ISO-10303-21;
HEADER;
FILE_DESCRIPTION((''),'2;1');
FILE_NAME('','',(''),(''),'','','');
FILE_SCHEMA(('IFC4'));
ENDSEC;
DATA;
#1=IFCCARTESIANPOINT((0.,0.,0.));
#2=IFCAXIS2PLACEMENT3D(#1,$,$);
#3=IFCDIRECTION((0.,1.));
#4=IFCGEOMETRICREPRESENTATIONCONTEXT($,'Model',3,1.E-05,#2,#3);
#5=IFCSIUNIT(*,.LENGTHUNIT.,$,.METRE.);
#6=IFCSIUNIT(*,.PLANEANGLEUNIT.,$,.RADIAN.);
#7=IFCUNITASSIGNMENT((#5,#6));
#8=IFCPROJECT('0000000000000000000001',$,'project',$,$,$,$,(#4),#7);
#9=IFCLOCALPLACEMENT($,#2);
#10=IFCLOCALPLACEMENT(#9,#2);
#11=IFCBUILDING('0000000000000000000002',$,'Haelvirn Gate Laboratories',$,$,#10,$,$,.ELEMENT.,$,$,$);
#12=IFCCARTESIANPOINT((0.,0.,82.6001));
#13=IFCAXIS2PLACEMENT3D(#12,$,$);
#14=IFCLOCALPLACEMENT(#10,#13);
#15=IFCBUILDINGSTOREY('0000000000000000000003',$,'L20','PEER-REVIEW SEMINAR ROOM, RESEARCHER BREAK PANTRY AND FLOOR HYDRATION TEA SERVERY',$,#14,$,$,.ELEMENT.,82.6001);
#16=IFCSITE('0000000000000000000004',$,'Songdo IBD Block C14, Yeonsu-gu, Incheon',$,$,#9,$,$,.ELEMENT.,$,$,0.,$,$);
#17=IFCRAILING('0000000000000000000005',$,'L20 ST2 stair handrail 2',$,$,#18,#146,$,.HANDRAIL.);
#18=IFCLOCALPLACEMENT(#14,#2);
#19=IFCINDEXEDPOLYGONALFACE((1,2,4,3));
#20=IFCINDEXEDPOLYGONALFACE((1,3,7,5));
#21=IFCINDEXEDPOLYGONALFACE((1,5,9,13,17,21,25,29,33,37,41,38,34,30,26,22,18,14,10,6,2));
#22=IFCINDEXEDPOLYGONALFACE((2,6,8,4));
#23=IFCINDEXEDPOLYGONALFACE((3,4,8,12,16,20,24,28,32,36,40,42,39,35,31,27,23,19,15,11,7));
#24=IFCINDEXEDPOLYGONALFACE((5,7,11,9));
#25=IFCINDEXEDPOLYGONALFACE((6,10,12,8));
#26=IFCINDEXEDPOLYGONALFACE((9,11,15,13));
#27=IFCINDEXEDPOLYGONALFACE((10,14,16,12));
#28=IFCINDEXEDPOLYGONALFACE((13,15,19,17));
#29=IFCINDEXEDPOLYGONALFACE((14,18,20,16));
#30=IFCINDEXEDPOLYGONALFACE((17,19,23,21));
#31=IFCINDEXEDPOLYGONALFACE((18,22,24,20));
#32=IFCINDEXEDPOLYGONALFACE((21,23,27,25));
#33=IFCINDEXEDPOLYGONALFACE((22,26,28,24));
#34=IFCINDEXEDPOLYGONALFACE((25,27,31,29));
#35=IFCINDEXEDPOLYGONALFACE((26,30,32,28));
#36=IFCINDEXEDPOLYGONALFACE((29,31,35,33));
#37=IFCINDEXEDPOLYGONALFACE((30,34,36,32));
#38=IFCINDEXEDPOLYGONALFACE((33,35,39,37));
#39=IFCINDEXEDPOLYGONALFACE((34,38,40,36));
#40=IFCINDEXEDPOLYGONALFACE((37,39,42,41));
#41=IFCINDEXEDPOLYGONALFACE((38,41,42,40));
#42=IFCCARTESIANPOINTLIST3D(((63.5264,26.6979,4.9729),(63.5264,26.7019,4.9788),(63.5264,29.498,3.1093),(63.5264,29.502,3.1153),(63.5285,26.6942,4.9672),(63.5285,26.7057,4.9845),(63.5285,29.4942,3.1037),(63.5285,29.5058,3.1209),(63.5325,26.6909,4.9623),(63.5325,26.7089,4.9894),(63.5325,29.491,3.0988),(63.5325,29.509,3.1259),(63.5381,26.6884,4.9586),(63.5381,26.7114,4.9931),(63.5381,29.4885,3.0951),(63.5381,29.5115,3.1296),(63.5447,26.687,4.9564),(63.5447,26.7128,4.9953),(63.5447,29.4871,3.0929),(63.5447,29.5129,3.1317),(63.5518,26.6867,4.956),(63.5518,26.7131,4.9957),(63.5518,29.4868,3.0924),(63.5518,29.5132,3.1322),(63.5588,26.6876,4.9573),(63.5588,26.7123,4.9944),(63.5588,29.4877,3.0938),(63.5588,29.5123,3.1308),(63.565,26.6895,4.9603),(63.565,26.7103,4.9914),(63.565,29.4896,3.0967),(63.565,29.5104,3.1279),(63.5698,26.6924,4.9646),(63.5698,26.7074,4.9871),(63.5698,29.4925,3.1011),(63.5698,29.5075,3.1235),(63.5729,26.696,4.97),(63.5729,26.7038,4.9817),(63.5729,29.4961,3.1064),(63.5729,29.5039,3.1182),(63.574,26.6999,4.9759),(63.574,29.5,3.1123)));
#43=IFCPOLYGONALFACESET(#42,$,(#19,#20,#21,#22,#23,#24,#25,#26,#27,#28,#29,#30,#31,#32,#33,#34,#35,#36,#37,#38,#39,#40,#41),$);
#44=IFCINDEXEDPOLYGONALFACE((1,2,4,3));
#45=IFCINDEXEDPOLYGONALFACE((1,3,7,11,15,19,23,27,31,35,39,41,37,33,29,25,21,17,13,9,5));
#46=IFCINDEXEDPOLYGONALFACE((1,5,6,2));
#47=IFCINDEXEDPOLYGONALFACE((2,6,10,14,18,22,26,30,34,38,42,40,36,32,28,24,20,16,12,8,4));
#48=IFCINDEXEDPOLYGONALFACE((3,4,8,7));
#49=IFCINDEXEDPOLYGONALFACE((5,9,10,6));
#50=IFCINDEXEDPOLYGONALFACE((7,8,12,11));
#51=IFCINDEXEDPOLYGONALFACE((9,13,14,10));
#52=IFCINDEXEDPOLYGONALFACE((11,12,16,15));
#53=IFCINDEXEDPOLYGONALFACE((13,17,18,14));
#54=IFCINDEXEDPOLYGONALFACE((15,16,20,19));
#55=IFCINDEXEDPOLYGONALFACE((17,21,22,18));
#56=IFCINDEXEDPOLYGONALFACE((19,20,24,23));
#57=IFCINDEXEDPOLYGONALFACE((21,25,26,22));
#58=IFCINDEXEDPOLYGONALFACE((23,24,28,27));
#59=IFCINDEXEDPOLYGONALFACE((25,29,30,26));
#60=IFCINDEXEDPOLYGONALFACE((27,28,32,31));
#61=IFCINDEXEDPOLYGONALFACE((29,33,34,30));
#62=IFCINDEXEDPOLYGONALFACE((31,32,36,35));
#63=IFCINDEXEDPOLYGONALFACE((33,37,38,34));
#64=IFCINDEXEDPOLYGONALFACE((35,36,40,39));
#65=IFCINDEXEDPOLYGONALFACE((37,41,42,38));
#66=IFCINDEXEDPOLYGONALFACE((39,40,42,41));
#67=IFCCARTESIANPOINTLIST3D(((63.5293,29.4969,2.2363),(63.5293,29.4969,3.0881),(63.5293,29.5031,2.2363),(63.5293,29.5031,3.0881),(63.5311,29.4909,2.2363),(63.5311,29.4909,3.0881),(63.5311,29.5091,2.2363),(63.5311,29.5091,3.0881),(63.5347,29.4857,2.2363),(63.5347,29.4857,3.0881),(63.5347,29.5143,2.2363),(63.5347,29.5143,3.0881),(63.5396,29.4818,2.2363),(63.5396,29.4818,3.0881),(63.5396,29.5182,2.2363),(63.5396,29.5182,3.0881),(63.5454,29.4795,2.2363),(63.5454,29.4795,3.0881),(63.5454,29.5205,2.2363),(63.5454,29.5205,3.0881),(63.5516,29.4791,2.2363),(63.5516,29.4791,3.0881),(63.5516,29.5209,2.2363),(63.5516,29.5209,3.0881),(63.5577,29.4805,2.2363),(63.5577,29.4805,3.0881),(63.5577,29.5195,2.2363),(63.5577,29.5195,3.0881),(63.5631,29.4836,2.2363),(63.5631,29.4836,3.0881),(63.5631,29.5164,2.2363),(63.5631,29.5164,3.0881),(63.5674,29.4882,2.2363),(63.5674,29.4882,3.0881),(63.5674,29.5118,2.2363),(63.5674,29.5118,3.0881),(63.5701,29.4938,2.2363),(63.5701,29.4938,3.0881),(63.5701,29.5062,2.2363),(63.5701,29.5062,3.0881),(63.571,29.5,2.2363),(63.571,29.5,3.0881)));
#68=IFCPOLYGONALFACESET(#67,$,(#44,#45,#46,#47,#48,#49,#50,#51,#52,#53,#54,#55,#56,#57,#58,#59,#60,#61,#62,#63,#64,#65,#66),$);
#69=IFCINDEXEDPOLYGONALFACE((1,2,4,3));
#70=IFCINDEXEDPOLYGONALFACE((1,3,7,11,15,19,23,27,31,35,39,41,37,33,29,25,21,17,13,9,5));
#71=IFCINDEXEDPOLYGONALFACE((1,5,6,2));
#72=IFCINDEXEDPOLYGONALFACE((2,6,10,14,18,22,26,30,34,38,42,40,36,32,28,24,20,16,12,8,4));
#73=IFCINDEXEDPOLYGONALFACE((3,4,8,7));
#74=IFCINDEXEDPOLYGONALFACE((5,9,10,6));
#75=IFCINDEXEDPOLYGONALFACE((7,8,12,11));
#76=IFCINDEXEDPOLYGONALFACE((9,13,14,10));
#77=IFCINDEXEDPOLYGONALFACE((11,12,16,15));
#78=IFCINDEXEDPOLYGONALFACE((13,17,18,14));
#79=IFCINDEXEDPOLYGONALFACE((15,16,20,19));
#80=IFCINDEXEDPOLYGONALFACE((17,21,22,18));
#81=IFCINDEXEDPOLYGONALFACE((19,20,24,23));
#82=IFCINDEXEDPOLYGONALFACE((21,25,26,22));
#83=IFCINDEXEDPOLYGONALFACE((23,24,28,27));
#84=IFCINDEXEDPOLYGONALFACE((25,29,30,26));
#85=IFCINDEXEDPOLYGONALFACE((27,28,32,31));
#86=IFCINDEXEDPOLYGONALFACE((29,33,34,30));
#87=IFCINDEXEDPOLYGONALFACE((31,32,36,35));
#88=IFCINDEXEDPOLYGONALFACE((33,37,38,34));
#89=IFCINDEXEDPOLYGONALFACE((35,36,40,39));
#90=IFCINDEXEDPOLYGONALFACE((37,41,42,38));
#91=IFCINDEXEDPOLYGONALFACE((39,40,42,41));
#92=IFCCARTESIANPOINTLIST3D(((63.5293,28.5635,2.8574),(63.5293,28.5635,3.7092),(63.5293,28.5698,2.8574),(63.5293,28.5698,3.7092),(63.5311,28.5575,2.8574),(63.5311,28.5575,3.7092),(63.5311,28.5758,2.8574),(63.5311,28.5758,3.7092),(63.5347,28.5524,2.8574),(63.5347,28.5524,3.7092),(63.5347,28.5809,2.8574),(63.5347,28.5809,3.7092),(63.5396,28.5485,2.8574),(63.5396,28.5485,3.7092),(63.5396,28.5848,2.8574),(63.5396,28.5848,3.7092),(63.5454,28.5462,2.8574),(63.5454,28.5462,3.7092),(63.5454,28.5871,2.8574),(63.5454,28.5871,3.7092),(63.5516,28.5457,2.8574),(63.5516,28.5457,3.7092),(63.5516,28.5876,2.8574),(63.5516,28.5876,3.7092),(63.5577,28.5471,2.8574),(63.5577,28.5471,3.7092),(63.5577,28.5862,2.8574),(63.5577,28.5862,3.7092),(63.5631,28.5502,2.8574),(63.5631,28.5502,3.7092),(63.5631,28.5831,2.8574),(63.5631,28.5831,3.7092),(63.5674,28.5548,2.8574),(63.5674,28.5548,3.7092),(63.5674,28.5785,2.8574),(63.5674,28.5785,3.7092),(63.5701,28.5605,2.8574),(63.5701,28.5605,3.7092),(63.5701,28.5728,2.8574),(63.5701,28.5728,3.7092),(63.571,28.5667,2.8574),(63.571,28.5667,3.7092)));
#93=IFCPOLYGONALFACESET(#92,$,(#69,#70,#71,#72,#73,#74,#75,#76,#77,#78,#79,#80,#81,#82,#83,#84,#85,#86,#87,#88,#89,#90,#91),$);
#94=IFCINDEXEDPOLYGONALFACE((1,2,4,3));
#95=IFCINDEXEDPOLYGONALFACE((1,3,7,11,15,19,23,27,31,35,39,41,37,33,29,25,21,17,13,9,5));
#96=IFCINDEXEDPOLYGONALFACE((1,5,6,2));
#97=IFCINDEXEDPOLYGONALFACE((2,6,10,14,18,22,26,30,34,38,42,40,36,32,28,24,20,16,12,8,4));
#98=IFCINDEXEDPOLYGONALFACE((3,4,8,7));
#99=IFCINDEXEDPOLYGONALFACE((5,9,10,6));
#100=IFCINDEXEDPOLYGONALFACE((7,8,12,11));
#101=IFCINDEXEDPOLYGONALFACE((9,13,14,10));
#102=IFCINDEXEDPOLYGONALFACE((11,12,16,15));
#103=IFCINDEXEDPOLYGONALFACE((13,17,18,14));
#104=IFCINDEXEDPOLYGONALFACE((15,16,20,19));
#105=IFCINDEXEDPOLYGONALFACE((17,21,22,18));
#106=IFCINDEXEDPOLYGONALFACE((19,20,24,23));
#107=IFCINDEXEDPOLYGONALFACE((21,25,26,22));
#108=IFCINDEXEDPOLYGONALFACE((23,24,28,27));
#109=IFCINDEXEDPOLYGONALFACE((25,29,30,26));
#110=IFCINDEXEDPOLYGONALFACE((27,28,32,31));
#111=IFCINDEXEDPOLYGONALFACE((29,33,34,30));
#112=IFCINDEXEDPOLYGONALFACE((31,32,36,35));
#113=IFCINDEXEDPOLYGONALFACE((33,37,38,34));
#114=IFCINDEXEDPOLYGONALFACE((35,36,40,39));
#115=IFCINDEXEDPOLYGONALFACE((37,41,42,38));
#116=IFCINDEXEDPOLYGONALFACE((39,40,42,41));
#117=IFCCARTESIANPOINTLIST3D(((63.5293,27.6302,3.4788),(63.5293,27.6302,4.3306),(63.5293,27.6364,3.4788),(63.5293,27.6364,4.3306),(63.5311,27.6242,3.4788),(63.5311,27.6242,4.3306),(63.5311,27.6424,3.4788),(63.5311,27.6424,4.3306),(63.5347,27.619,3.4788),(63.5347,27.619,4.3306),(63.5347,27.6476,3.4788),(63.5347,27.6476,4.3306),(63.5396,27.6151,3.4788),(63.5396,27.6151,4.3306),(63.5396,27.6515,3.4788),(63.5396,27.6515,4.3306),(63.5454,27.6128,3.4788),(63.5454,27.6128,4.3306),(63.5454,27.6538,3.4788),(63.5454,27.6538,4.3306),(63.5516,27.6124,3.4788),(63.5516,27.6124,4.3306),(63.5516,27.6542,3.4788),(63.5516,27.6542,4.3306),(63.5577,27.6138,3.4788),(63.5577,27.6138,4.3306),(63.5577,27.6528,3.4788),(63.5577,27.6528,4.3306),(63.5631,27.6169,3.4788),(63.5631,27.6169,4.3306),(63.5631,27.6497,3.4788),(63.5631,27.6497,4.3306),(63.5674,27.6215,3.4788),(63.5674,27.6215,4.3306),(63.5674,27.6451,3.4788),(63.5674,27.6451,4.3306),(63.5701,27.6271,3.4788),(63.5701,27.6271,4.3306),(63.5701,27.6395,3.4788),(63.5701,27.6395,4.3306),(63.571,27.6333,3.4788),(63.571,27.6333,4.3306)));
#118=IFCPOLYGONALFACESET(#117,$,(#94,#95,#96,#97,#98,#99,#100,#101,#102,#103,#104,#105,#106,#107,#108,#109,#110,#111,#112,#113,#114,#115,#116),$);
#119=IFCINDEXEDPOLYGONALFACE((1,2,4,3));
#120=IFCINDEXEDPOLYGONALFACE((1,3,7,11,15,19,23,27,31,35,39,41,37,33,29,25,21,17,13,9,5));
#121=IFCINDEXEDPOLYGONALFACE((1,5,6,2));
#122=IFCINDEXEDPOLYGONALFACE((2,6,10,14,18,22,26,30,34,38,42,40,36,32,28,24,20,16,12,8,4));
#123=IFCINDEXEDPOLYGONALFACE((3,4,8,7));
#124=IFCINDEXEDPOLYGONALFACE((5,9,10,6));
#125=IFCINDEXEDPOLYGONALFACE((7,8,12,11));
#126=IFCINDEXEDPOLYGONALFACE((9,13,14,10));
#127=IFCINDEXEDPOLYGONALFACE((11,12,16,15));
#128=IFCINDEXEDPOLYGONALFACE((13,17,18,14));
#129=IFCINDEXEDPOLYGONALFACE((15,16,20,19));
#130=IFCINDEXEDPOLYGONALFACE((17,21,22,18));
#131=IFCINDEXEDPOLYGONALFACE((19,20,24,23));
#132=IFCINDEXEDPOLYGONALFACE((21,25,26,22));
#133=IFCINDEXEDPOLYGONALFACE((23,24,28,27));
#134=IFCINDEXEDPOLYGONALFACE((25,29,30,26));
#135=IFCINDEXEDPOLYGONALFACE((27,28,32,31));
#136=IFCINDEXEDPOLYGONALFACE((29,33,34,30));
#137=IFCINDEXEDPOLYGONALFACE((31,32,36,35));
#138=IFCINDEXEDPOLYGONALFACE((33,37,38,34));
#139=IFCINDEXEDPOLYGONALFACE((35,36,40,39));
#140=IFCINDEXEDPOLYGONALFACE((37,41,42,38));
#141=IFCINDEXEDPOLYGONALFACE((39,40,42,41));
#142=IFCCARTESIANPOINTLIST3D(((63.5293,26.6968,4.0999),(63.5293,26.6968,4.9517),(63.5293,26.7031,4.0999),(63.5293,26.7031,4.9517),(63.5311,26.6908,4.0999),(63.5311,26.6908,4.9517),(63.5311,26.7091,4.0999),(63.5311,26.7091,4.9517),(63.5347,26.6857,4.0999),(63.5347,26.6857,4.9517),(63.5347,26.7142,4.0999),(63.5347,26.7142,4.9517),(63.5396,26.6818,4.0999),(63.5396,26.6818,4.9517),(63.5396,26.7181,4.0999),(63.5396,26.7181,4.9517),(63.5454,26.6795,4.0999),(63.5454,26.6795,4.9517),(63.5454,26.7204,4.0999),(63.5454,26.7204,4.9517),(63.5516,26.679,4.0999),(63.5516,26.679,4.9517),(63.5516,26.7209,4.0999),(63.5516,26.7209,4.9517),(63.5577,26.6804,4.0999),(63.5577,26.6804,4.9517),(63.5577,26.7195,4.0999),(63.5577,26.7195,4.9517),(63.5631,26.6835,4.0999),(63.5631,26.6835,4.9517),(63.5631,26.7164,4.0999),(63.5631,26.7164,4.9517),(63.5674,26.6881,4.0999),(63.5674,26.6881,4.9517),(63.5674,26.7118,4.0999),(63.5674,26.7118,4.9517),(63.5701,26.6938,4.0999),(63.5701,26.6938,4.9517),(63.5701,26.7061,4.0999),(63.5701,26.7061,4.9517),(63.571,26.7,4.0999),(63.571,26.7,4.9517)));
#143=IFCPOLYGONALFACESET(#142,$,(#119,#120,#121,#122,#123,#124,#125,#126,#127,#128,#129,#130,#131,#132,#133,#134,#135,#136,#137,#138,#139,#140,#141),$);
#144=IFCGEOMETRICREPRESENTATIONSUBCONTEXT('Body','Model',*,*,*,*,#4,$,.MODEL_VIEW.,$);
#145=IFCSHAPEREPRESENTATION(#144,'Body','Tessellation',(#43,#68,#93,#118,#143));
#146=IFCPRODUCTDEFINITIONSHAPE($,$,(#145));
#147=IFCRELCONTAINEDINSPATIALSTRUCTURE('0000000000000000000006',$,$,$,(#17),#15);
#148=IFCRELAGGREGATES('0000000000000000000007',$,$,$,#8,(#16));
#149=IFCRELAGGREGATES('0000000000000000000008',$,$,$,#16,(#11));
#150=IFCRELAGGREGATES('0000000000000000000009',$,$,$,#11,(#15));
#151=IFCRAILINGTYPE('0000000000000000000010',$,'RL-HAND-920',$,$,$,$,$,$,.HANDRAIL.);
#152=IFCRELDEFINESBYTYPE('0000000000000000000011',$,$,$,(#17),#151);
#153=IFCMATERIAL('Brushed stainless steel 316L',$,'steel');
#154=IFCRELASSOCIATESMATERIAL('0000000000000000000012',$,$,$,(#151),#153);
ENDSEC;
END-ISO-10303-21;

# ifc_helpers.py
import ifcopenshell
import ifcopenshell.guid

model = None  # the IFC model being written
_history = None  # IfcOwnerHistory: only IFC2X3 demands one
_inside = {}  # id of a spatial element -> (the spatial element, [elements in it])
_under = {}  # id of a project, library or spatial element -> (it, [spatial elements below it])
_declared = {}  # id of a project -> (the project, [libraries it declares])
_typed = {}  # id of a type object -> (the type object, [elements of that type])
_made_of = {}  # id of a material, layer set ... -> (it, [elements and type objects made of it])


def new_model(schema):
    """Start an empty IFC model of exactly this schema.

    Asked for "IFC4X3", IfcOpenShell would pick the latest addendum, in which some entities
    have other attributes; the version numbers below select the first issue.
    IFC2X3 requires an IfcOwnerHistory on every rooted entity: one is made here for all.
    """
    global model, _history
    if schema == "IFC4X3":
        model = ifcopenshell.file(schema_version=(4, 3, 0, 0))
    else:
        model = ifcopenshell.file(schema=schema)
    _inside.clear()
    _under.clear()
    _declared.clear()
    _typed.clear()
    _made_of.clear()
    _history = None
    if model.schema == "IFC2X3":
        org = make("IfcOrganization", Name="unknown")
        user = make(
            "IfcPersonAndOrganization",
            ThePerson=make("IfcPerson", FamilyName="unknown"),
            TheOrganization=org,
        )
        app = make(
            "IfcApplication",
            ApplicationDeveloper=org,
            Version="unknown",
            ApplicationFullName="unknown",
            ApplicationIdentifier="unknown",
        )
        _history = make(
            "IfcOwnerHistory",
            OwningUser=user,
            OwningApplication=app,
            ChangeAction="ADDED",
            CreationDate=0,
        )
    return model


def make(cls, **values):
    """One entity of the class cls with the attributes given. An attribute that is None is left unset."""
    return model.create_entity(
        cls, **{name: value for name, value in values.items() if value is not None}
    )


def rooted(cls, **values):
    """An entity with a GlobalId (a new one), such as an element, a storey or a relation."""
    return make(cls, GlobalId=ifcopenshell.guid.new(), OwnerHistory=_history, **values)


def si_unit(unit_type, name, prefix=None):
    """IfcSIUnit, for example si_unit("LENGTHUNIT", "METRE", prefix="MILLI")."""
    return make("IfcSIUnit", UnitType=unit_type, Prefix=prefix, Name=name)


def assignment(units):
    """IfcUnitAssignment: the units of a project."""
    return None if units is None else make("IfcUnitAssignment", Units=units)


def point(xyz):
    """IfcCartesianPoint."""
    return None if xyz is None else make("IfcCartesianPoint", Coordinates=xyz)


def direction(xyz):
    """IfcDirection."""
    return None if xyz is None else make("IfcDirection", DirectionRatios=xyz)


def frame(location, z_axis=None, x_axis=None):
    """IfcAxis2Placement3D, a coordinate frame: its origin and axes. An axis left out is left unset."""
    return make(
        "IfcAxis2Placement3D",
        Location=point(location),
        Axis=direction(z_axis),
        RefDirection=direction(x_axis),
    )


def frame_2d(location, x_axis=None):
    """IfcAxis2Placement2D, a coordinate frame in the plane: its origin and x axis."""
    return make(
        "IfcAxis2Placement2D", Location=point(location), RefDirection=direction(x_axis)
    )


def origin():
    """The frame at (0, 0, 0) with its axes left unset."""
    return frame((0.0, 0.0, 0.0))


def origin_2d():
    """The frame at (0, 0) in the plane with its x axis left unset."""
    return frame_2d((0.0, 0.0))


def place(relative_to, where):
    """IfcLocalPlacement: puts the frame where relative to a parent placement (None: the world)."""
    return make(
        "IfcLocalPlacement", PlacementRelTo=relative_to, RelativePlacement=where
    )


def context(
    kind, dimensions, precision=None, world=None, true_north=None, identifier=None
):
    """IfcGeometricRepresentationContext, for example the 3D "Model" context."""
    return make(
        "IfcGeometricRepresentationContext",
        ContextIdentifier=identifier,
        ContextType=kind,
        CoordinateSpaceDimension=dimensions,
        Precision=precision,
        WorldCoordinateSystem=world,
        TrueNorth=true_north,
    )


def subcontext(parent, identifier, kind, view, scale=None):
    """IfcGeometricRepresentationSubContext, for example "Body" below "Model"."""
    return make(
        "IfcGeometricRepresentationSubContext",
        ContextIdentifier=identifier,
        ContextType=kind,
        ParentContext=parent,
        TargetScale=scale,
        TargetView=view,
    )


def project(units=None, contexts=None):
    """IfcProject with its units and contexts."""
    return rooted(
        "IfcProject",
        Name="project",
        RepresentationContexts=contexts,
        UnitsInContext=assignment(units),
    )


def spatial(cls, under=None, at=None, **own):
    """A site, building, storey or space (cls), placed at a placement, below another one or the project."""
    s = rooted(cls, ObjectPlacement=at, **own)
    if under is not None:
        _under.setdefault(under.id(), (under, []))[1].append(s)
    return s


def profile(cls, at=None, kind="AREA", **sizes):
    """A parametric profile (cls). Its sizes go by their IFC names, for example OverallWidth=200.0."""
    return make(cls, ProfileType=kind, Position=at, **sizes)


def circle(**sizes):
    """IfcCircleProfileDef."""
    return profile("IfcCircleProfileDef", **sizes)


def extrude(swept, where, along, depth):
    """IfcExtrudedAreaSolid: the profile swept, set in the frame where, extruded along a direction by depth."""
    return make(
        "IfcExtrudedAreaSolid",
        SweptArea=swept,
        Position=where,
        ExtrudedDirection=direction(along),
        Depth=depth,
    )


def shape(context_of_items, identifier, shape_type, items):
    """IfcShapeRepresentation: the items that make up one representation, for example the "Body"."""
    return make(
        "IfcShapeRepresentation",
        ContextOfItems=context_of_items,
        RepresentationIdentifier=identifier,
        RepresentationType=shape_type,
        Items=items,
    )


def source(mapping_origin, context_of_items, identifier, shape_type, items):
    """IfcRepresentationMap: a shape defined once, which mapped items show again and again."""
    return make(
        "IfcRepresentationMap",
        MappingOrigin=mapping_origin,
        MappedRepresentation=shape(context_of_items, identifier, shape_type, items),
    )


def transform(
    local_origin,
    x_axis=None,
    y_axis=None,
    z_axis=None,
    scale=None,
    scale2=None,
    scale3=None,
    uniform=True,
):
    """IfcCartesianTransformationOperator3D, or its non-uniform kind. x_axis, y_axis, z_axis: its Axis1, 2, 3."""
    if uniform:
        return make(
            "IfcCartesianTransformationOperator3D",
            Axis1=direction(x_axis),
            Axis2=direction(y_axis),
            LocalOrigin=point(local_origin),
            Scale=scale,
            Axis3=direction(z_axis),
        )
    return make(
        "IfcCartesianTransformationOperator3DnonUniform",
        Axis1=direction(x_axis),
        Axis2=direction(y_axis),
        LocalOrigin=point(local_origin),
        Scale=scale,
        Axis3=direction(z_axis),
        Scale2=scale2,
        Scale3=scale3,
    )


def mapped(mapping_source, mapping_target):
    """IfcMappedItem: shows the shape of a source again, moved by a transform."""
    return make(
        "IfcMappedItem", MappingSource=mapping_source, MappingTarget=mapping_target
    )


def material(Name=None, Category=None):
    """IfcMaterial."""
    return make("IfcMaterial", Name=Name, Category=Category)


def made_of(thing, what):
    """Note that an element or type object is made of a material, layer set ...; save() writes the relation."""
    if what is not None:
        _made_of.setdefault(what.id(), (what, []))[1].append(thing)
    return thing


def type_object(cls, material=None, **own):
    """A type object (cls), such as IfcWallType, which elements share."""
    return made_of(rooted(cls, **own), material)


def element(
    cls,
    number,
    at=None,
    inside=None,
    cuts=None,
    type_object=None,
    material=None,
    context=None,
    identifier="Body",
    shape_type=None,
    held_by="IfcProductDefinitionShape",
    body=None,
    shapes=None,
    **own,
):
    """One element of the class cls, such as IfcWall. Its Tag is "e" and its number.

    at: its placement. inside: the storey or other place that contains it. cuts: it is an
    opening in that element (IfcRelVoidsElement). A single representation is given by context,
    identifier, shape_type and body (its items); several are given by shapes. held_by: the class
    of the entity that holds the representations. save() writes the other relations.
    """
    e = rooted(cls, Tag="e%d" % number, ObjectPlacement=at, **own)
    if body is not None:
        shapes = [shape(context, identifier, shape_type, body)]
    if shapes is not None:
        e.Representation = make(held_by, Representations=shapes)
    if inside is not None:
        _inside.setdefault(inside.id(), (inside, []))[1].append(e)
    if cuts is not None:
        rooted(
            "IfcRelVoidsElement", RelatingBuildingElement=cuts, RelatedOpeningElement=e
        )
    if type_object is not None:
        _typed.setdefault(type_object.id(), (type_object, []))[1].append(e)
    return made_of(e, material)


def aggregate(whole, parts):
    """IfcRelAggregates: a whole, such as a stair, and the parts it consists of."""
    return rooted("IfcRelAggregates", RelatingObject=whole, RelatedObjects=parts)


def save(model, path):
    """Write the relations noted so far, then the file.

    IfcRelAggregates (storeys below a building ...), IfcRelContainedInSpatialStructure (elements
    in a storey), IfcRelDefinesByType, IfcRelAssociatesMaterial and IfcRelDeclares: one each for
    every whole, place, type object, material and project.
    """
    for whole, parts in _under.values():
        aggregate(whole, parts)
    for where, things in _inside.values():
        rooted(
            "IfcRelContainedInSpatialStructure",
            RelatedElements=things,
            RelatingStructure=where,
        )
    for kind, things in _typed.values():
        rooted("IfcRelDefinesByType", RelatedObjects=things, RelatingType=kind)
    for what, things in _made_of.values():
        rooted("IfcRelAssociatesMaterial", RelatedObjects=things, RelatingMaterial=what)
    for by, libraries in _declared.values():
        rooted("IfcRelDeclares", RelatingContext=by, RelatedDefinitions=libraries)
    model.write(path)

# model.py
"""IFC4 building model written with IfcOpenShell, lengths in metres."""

from ifc_helpers import new_model, si_unit, direction, frame, origin, origin_2d, place, context, subcontext, project, spatial, circle, extrude, source, transform, mapped, material, type_object, element, save


model = new_model("IFC4")

# Units and contexts
model_context = context("Model", 3, precision=1e-05, world=origin(), true_north=direction((0.0, 1.0)))
body_context = subcontext(model_context, "Body", "Model", "MODEL_VIEW")
ifc_project = project(units=[si_unit("LENGTHUNIT", "METRE"), si_unit("PLANEANGLEUNIT", "RADIAN")], contexts=[model_context])

# Site, building, storey
site_placement = place(None, origin())
site = spatial("IfcSite", under=ifc_project, at=site_placement, Name="Songdo IBD Block C14, Yeonsu-gu, Incheon", CompositionType="ELEMENT", RefElevation=0.0)
building_placement = place(site_placement, origin())
building = spatial("IfcBuilding", under=site, at=building_placement, Name="Haelvirn Gate Laboratories", CompositionType="ELEMENT")
storey_placement = place(building_placement, frame((0.0, 0.0, 82.6001)))
storey = spatial("IfcBuildingStorey", under=building, at=storey_placement, Name="L20", Description="PEER-REVIEW SEMINAR ROOM, RESEARCHER BREAK PANTRY AND FLOOR HYDRATION TEA SERVERY", CompositionType="ELEMENT", Elevation=82.6001)

# Railing
ifc_material_1 = material(Name="Brushed stainless steel 316L", Category="steel")
railing_type_1 = type_object("IfcRailingType", Name="RL-HAND-920", PredefinedType="HANDRAIL", material=ifc_material_1)
shared_shape_1 = source(origin(), body_context, "Body", "SweptSolid", [
    extrude(circle(Radius=0.0239, at=origin_2d()), frame((0.0, 0.0, 0.876), z_axis=(0.0, -0.832486, 0.554047), x_axis=(1.0, 0.0, 0.0)), (0.0, 0.0, 1.0), 3.3635),
    extrude(circle(Radius=0.021, at=origin_2d()), origin(), (0.0, 0.0, 1.0), 0.8518),
    extrude(circle(Radius=0.021, at=origin_2d()), frame((0.0, -0.9333, 0.6211)), (0.0, 0.0, 1.0), 0.8518),
    extrude(circle(Radius=0.021, at=origin_2d()), frame((0.0, -1.8667, 1.2424)), (0.0, 0.0, 1.0), 0.8518),
    extrude(circle(Radius=0.021, at=origin_2d()), frame((0.0, -2.8, 1.8635)), (0.0, 0.0, 1.0), 0.8518),
])
railing_1_placement = place(storey_placement, frame((63.55, 29.5, 2.2363)))
element("IfcRailing", 1, at=railing_1_placement, inside=storey, type_object=railing_type_1, Name="L20 ST2 stair handrail 2", PredefinedType="HANDRAIL", context=body_context, shape_type="MappedRepresentation", body=[
    mapped(shared_shape_1, transform((0.0, 0.0, 0.0), scale=1.0)),
])

save(model, "model.ifc")
